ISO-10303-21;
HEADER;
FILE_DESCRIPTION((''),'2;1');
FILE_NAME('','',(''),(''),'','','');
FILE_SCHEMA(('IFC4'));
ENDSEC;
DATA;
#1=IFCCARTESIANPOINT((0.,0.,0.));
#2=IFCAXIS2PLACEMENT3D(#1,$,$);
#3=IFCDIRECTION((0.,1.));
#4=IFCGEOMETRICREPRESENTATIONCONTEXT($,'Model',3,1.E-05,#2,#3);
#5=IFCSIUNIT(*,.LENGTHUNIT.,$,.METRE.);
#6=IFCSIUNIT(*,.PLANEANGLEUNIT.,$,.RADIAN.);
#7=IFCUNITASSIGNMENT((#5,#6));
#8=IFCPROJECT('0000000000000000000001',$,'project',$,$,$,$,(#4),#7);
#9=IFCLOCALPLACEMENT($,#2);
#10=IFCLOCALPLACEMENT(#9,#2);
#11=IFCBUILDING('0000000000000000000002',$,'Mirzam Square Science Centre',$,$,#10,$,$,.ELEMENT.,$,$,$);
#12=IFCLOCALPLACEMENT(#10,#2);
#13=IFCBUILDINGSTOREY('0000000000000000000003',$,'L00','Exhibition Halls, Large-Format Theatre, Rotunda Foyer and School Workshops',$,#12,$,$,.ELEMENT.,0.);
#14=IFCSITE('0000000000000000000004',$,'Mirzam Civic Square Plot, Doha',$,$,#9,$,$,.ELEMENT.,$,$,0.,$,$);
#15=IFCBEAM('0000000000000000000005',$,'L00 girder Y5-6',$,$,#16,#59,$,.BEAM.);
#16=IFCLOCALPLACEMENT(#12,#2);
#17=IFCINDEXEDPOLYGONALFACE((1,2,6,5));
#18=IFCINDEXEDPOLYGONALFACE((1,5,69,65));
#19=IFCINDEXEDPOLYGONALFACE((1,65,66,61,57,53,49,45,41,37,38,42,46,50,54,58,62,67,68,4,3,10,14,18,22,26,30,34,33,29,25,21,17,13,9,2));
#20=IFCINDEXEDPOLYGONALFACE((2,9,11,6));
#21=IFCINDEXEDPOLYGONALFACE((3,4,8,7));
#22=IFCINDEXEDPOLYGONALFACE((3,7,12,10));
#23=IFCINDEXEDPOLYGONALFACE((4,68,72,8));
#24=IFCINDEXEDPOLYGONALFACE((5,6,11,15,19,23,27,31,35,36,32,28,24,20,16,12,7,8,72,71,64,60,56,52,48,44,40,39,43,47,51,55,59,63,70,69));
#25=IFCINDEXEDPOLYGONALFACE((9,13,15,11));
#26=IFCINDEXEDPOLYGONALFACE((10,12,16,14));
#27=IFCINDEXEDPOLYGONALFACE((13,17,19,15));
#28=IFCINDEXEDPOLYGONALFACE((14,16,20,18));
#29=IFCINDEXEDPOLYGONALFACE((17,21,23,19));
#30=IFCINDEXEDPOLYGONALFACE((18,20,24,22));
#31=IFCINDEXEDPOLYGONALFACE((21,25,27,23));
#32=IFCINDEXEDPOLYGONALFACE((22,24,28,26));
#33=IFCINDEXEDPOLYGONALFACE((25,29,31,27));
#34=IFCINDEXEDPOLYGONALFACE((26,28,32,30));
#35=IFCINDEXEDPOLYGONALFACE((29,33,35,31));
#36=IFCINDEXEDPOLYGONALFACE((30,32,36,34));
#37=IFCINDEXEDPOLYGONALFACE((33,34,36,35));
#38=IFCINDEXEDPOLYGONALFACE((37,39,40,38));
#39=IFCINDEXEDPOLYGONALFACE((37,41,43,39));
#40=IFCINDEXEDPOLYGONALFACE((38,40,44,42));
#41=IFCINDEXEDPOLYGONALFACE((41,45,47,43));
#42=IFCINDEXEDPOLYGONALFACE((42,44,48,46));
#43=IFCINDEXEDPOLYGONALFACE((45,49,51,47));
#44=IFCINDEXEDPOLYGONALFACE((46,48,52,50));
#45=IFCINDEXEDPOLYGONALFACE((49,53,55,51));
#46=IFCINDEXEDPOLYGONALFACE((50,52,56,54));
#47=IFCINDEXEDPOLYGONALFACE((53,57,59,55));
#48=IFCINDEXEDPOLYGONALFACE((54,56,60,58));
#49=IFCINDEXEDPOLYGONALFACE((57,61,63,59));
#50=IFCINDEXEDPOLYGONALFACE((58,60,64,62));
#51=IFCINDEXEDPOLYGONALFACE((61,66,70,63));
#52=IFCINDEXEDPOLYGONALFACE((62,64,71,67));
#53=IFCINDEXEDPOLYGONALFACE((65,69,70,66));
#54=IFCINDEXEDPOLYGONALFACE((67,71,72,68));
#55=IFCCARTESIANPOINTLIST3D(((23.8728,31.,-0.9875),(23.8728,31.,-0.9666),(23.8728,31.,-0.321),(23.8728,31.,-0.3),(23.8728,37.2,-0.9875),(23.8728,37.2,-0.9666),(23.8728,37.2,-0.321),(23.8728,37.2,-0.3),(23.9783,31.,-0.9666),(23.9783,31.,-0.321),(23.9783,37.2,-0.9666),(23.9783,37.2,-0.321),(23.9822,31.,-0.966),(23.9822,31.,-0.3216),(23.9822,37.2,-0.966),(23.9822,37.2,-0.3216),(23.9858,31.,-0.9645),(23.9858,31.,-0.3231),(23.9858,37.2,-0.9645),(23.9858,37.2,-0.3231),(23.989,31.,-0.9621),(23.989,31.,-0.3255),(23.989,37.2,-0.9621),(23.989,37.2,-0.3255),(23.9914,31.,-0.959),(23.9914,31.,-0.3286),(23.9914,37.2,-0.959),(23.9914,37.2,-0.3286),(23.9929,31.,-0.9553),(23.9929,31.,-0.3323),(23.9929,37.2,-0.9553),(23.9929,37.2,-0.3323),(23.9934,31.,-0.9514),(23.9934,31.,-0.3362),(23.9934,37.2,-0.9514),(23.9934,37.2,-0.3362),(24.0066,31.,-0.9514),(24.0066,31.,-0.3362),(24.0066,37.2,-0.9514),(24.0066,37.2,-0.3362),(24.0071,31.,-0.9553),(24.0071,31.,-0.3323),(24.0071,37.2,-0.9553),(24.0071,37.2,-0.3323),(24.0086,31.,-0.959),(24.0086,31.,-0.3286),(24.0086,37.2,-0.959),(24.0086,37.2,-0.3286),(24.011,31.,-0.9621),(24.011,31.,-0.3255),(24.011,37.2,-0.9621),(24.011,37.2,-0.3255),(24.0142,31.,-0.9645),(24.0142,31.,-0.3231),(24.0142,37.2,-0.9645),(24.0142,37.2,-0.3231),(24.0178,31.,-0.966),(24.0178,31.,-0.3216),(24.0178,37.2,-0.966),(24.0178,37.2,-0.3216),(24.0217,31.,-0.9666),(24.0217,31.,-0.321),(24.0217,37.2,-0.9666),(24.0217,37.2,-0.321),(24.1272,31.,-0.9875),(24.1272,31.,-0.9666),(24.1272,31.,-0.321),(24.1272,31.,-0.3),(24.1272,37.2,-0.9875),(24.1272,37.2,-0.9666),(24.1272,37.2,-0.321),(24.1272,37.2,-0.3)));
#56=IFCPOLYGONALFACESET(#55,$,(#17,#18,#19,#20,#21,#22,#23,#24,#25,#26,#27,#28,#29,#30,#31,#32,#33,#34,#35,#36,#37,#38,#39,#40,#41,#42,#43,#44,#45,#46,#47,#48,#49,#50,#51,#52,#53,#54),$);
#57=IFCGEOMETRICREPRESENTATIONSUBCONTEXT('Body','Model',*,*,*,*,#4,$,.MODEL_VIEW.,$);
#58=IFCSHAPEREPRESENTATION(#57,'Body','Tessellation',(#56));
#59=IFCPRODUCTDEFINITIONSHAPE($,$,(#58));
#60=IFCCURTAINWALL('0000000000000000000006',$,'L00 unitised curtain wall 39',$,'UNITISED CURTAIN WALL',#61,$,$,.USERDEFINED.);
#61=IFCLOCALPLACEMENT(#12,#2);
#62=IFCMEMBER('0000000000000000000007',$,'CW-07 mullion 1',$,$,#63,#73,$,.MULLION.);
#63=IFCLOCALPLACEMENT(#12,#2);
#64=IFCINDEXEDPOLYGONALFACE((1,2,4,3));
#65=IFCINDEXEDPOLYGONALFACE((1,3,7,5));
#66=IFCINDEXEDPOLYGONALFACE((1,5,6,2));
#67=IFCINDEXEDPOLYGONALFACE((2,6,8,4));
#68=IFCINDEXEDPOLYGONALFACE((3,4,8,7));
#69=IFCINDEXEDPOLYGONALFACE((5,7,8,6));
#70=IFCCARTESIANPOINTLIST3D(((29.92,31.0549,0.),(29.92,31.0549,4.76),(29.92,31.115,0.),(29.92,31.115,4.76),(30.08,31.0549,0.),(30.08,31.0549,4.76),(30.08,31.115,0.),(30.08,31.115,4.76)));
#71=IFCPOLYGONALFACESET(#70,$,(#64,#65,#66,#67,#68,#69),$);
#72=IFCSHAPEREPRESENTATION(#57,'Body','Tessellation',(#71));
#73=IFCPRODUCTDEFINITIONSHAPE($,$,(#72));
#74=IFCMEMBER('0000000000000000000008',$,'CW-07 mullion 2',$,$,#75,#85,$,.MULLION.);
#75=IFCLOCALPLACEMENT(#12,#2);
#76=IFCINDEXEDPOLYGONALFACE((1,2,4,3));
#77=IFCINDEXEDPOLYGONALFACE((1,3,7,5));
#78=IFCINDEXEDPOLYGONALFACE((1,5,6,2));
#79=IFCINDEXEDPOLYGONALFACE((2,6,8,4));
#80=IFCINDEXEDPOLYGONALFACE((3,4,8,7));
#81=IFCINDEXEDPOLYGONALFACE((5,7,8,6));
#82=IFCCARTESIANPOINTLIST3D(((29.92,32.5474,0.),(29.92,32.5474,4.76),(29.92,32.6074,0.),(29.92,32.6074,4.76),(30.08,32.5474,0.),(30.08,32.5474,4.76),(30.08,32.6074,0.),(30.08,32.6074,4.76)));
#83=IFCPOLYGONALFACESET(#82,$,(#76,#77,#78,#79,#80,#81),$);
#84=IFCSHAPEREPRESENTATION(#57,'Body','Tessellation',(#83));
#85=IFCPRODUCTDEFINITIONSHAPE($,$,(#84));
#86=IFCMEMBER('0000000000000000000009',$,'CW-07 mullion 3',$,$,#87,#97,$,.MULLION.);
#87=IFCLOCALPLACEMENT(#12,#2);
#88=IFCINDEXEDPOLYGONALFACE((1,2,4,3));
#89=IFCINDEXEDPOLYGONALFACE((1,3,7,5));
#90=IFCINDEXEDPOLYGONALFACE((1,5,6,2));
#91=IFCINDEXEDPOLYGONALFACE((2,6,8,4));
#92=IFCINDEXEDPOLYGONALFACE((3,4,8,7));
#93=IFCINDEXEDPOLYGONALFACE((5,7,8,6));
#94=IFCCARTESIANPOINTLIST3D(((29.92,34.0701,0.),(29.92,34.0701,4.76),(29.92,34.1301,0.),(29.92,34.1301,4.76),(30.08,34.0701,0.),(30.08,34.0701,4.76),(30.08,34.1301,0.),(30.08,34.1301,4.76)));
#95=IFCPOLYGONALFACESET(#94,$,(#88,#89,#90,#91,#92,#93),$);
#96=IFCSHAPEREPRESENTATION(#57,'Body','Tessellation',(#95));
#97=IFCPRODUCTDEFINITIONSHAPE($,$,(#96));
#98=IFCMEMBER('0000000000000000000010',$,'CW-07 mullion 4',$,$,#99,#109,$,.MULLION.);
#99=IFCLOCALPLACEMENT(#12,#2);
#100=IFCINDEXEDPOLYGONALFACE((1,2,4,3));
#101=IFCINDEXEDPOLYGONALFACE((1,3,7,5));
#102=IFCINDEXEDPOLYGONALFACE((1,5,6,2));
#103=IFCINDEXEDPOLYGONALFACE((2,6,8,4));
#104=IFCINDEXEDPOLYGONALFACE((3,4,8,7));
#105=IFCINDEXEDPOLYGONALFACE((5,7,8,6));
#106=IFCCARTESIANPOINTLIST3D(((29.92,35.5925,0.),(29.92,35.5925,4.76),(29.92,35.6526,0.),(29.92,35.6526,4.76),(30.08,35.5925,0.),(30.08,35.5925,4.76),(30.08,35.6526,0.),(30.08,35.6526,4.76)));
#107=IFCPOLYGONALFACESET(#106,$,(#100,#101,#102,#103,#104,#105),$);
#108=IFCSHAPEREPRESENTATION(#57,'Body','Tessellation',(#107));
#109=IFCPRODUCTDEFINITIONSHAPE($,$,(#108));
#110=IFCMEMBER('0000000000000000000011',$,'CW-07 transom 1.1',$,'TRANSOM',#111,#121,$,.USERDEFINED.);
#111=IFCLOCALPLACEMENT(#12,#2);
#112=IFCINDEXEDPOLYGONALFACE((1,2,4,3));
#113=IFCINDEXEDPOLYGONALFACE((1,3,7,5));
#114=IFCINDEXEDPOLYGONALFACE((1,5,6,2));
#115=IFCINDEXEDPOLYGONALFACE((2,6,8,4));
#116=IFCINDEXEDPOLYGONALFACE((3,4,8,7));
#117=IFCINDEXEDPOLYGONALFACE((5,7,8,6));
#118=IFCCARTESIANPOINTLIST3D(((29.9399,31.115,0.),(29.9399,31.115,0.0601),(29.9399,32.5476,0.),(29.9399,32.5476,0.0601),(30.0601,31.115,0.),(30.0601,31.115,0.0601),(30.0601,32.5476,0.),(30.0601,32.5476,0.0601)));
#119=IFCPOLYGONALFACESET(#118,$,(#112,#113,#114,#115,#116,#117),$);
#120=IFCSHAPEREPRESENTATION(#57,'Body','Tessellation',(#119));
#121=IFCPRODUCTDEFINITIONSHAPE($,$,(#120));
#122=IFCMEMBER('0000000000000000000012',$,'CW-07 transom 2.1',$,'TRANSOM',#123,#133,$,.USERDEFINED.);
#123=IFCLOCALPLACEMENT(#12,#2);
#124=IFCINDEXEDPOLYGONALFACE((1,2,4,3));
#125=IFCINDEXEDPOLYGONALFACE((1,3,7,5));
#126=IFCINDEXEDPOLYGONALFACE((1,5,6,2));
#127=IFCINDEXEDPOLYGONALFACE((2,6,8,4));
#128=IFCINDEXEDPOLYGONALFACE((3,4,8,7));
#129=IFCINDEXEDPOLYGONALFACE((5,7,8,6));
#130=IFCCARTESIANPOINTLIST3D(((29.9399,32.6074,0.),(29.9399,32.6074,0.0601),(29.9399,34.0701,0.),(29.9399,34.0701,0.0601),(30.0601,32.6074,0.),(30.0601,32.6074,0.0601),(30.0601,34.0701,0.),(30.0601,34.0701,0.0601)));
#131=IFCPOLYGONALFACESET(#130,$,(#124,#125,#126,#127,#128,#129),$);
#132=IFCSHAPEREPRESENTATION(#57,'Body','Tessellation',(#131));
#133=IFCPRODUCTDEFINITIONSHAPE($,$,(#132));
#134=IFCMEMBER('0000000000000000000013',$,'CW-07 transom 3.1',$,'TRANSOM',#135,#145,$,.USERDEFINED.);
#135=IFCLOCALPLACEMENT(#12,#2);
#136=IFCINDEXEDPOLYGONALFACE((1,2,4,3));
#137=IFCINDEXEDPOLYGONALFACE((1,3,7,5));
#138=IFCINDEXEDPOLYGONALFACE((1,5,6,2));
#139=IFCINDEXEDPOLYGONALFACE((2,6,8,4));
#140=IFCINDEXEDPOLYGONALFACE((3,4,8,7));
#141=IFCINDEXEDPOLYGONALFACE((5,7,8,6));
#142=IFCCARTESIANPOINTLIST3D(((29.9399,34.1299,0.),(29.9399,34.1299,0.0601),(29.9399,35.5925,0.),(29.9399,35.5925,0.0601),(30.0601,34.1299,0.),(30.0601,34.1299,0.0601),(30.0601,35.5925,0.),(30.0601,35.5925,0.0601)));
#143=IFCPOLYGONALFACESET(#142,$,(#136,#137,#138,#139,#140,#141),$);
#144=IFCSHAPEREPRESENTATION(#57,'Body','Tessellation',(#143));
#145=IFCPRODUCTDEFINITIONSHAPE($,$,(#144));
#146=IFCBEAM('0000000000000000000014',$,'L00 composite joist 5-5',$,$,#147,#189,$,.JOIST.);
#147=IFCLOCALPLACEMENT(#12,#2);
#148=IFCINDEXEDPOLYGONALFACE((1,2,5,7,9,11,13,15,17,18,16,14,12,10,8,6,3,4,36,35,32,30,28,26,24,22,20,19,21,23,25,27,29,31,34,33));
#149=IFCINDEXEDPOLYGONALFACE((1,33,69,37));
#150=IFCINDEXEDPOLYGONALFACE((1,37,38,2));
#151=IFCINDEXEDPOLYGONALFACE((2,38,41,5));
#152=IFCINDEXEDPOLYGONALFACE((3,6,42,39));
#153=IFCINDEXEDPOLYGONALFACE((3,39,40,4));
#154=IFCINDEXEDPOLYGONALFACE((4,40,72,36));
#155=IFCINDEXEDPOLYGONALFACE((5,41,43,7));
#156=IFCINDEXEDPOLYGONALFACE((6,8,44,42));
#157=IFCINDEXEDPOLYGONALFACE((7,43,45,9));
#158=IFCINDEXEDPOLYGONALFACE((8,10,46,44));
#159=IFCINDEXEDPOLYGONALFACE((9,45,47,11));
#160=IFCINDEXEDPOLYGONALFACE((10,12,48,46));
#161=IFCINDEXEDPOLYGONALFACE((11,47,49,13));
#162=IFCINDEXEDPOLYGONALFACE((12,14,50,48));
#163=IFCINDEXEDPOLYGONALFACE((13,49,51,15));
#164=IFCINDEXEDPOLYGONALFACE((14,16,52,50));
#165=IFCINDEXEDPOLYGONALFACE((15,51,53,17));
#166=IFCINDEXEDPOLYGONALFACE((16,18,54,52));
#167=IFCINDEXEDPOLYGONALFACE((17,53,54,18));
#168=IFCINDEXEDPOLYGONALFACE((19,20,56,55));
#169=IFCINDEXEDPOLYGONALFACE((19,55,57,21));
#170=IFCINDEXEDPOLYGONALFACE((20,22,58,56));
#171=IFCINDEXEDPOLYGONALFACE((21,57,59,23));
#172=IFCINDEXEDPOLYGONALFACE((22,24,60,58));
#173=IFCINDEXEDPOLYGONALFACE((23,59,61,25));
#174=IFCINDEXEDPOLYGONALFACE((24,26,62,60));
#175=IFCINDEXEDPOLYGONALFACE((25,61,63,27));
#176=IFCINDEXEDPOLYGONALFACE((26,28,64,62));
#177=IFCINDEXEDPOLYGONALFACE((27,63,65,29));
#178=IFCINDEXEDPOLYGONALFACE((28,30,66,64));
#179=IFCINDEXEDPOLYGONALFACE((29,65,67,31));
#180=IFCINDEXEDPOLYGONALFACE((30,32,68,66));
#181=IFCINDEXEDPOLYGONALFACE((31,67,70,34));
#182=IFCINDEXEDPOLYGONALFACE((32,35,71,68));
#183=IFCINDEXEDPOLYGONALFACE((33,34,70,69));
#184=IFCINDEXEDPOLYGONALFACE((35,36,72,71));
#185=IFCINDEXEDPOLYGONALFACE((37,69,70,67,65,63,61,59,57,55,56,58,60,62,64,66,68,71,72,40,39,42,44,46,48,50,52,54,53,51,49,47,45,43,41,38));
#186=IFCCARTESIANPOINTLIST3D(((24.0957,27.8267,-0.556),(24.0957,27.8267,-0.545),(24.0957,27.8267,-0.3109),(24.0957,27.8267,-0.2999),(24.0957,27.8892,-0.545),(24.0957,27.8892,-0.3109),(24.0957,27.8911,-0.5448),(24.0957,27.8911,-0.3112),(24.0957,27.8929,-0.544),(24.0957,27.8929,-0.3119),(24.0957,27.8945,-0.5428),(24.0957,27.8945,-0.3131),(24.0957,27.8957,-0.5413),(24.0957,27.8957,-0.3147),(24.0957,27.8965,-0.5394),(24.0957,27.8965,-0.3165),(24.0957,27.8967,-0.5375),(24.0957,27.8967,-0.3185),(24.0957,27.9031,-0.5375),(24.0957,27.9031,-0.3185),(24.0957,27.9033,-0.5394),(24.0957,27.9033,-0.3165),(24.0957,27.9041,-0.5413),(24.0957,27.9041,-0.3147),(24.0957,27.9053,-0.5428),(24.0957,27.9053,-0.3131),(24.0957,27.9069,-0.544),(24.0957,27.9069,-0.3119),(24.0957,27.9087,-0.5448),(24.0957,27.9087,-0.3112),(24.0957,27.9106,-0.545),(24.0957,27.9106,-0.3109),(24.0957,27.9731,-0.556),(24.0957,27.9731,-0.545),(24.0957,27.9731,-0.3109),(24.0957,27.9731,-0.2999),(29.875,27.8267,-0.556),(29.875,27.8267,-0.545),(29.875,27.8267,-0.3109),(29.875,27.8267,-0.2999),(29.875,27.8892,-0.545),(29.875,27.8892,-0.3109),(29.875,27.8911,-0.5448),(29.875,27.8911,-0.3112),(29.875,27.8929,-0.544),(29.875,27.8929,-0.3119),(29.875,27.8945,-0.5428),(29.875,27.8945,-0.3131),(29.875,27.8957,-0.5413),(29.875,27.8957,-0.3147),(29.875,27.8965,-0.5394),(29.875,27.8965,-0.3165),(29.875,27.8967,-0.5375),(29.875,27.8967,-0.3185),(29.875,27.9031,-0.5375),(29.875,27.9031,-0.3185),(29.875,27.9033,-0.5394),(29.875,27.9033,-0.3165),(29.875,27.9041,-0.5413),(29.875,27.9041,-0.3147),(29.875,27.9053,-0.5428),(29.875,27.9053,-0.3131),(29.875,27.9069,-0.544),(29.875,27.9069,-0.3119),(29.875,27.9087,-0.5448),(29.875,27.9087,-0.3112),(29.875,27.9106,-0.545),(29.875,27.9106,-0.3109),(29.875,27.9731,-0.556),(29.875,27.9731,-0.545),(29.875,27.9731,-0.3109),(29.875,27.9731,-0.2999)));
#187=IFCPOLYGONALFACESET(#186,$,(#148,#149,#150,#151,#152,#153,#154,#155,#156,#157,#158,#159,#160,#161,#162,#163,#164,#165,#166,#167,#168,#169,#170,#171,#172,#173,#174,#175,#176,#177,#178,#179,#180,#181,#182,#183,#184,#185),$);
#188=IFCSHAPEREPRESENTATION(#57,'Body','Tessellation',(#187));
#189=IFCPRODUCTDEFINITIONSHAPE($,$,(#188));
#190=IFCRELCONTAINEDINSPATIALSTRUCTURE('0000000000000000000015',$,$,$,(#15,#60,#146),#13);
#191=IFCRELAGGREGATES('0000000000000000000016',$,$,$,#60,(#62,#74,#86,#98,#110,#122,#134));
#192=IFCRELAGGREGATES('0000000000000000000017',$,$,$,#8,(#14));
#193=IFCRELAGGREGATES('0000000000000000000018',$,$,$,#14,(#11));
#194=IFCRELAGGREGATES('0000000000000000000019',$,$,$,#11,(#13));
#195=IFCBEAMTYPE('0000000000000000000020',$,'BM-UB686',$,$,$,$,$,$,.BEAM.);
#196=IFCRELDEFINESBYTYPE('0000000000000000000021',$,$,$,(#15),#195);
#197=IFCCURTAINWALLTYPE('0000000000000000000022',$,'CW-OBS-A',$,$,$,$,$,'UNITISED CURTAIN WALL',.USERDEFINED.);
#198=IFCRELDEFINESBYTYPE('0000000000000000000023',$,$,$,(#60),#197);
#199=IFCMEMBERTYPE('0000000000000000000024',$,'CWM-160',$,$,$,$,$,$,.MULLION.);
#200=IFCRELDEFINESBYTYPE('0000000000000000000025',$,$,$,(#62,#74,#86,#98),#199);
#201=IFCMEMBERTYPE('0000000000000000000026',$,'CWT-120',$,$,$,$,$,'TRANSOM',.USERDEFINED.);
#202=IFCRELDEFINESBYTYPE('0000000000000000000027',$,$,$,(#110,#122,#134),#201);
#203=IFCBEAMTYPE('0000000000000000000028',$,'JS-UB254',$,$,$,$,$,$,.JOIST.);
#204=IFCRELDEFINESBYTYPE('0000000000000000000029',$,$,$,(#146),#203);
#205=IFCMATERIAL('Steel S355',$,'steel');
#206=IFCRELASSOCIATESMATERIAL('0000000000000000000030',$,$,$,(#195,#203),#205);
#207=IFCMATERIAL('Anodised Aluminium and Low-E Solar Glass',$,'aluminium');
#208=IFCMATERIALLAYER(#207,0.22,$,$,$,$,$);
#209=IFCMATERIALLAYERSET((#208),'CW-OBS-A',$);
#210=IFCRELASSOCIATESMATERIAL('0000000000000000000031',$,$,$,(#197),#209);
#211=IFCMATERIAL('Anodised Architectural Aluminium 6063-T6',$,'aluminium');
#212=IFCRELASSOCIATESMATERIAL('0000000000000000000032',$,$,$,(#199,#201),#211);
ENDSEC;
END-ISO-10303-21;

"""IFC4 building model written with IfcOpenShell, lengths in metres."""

from ifc_helpers import new_model, si_unit, direction, frame, origin, origin_2d, place, context, subcontext, project, spatial, rectangle, i_section, extrude, material, layer, layer_set, material_profile, profile_set, type_object, element, aggregate, save


model = new_model("IFC4")

# Units and contexts
model_context = context("Model", 3, precision=1e-05, world=origin(), true_north=direction((0.0, 1.0)))
body_context = subcontext(model_context, "Body", "Model", "MODEL_VIEW")
ifc_project = project(units=[si_unit("LENGTHUNIT", "METRE"), si_unit("PLANEANGLEUNIT", "RADIAN")], contexts=[model_context])

# Site, building, storey
site_placement = place(None, origin())
site = spatial("IfcSite", under=ifc_project, at=site_placement, Name="Mirzam Civic Square Plot, Doha", CompositionType="ELEMENT", RefElevation=0.0)
building_placement = place(site_placement, origin())
building = spatial("IfcBuilding", under=site, at=building_placement, Name="Mirzam Square Science Centre", CompositionType="ELEMENT")
storey_placement = place(building_placement, origin())
storey = spatial("IfcBuildingStorey", under=building, at=storey_placement, Name="L00", Description="Exhibition Halls, Large-Format Theatre, Rotunda Foyer and School Workshops", CompositionType="ELEMENT", Elevation=0.0)

# Shared definitions
ifc_material_1 = material(Name="Steel S355", Category="steel")

# Beam
ifc_material_profile_1 = material_profile(ifc_material_1, i_section(OverallWidth=0.2544, OverallDepth=0.6875, WebThickness=0.0132, FlangeThickness=0.021, FilletRadius=0.0151, at=origin_2d()), Name="686x254x152UB")
ifc_profile_set_1 = profile_set([ifc_material_profile_1], Name="Steel S355")
beam_type_1 = type_object("IfcBeamType", Name="BM-UB686", PredefinedType="BEAM", material=ifc_profile_set_1)
beam_1_placement = place(storey_placement, frame((24.0, 31.0, -0.6438), z_axis=(0.0, 1.0, 0.0), x_axis=(-1.0, 0.0, 0.0)))
element("IfcBeam", 1, at=beam_1_placement, inside=storey, type_object=beam_type_1, Name="L00 girder Y5-6", PredefinedType="BEAM", context=body_context, shape_type="SweptSolid", body=[
    extrude(i_section(OverallWidth=0.2544, OverallDepth=0.6875, WebThickness=0.0132, FlangeThickness=0.021, FilletRadius=0.0151, at=origin_2d()), origin(), (0.0, 0.0, 1.0), 6.2),
])

# Curtain wall, members
ifc_material_2 = material(Name="Anodised Aluminium and Low-E Solar Glass", Category="aluminium")
ifc_layer_1 = layer(ifc_material_2, 0.22)
ifc_layer_set_1 = layer_set([ifc_layer_1], Name="CW-OBS-A")
curtain_wall_type = type_object("IfcCurtainWallType", Name="CW-OBS-A", ElementType="UNITISED CURTAIN WALL", PredefinedType="USERDEFINED", material=ifc_layer_set_1)
curtain_wall_placement = place(storey_placement, origin())
curtain_wall = element("IfcCurtainWall", 2, at=curtain_wall_placement, inside=storey, type_object=curtain_wall_type, Name="L00 unitised curtain wall 39", ObjectType="UNITISED CURTAIN WALL", PredefinedType="USERDEFINED")
ifc_material_3 = material(Name="Anodised Architectural Aluminium 6063-T6", Category="aluminium")
ifc_material_profile_2 = material_profile(ifc_material_3, rectangle(XDim=0.0601, YDim=0.1599, at=origin_2d()), Name="ALU-MULL-160x60x4")
ifc_profile_set_2 = profile_set([ifc_material_profile_2], Name="Anodised Architectural Aluminium 6063-T6")
member_type_1 = type_object("IfcMemberType", Name="CWM-160", PredefinedType="MULLION", material=ifc_profile_set_2)
member_1_placement = place(storey_placement, frame((30.0, 31.085, 0.0), z_axis=(0.0, 0.0, 1.0), x_axis=(0.0, 1.0, 0.0)))
member_1 = element("IfcMember", 3, at=member_1_placement, type_object=member_type_1, Name="CW-07 mullion 1", PredefinedType="MULLION", context=body_context, shape_type="SweptSolid", body=[
    extrude(rectangle(XDim=0.0601, YDim=0.1599, at=origin_2d()), origin(), (0.0, 0.0, 1.0), 4.76),
])
member_2_placement = place(storey_placement, frame((30.0, 32.5774, 0.0), z_axis=(0.0, 0.0, 1.0), x_axis=(0.0, 1.0, 0.0)))
member_2 = element("IfcMember", 4, at=member_2_placement, type_object=member_type_1, Name="CW-07 mullion 2", PredefinedType="MULLION", context=body_context, shape_type="SweptSolid", body=[
    extrude(rectangle(XDim=0.0601, YDim=0.1599, at=origin_2d()), origin(), (0.0, 0.0, 1.0), 4.76),
])
member_3_placement = place(storey_placement, frame((30.0, 34.1001, 0.0), z_axis=(0.0, 0.0, 1.0), x_axis=(0.0, 1.0, 0.0)))
member_3 = element("IfcMember", 5, at=member_3_placement, type_object=member_type_1, Name="CW-07 mullion 3", PredefinedType="MULLION", context=body_context, shape_type="SweptSolid", body=[
    extrude(rectangle(XDim=0.0601, YDim=0.1599, at=origin_2d()), origin(), (0.0, 0.0, 1.0), 4.76),
])
member_4_placement = place(storey_placement, frame((30.0, 35.6226, 0.0), z_axis=(0.0, 0.0, 1.0), x_axis=(0.0, 1.0, 0.0)))
member_4 = element("IfcMember", 6, at=member_4_placement, type_object=member_type_1, Name="CW-07 mullion 4", PredefinedType="MULLION", context=body_context, shape_type="SweptSolid", body=[
    extrude(rectangle(XDim=0.0601, YDim=0.1599, at=origin_2d()), origin(), (0.0, 0.0, 1.0), 4.76),
])
ifc_material_profile_3 = material_profile(ifc_material_3, rectangle(XDim=0.1201, YDim=0.0601, at=origin_2d()), Name="ALU-TRAN-120x60x4")
ifc_profile_set_3 = profile_set([ifc_material_profile_3], Name="Anodised Architectural Aluminium 6063-T6")
member_type_2 = type_object("IfcMemberType", Name="CWT-120", ElementType="TRANSOM", PredefinedType="USERDEFINED", material=ifc_profile_set_3)
member_5_placement = place(storey_placement, frame((30.0, 31.115, 0.03), z_axis=(0.0, 1.0, 0.0), x_axis=(-1.0, 0.0, 0.0)))
member_5 = element("IfcMember", 7, at=member_5_placement, type_object=member_type_2, Name="CW-07 transom 1.1", ObjectType="TRANSOM", PredefinedType="USERDEFINED", context=body_context, shape_type="SweptSolid", body=[
    extrude(rectangle(XDim=0.1201, YDim=0.0601, at=origin_2d()), origin(), (0.0, 0.0, 1.0), 1.4326),
])
member_6_placement = place(storey_placement, frame((30.0, 32.6074, 0.03), z_axis=(0.0, 1.0, 0.0), x_axis=(-1.0, 0.0, 0.0)))
member_6 = element("IfcMember", 8, at=member_6_placement, type_object=member_type_2, Name="CW-07 transom 2.1", ObjectType="TRANSOM", PredefinedType="USERDEFINED", context=body_context, shape_type="SweptSolid", body=[
    extrude(rectangle(XDim=0.1201, YDim=0.0601, at=origin_2d()), origin(), (0.0, 0.0, 1.0), 1.4626),
])
member_7_placement = place(storey_placement, frame((30.0, 34.1299, 0.03), z_axis=(0.0, 1.0, 0.0), x_axis=(-1.0, 0.0, 0.0)))
member_7 = element("IfcMember", 9, at=member_7_placement, type_object=member_type_2, Name="CW-07 transom 3.1", ObjectType="TRANSOM", PredefinedType="USERDEFINED", context=body_context, shape_type="SweptSolid", body=[
    extrude(rectangle(XDim=0.1201, YDim=0.0601, at=origin_2d()), origin(), (0.0, 0.0, 1.0), 1.4626),
])
aggregate(curtain_wall, [member_1, member_2, member_3, member_4, member_5, member_6, member_7])

# Beam
ifc_material_profile_4 = material_profile(ifc_material_1, i_section(OverallWidth=0.1465, OverallDepth=0.2561, WebThickness=0.0063, FlangeThickness=0.011, FilletRadius=0.0076, at=origin_2d()), Name="254x146x37UB")
ifc_profile_set_4 = profile_set([ifc_material_profile_4], Name="Steel S355")
beam_type_2 = type_object("IfcBeamType", Name="JS-UB254", PredefinedType="JOIST", material=ifc_profile_set_4)
beam_2_placement = place(storey_placement, frame((24.0957, 27.8999, -0.428), z_axis=(1.0, 0.0, 0.0), x_axis=(0.0, 1.0, 0.0)))
element("IfcBeam", 10, at=beam_2_placement, inside=storey, type_object=beam_type_2, Name="L00 composite joist 5-5", PredefinedType="JOIST", context=body_context, shape_type="SweptSolid", body=[
    extrude(i_section(OverallWidth=0.1465, OverallDepth=0.2561, WebThickness=0.0063, FlangeThickness=0.011, FilletRadius=0.0076, at=origin_2d()), origin(), (0.0, 0.0, 1.0), 5.7793),
])

save(model, "model.ifc")
